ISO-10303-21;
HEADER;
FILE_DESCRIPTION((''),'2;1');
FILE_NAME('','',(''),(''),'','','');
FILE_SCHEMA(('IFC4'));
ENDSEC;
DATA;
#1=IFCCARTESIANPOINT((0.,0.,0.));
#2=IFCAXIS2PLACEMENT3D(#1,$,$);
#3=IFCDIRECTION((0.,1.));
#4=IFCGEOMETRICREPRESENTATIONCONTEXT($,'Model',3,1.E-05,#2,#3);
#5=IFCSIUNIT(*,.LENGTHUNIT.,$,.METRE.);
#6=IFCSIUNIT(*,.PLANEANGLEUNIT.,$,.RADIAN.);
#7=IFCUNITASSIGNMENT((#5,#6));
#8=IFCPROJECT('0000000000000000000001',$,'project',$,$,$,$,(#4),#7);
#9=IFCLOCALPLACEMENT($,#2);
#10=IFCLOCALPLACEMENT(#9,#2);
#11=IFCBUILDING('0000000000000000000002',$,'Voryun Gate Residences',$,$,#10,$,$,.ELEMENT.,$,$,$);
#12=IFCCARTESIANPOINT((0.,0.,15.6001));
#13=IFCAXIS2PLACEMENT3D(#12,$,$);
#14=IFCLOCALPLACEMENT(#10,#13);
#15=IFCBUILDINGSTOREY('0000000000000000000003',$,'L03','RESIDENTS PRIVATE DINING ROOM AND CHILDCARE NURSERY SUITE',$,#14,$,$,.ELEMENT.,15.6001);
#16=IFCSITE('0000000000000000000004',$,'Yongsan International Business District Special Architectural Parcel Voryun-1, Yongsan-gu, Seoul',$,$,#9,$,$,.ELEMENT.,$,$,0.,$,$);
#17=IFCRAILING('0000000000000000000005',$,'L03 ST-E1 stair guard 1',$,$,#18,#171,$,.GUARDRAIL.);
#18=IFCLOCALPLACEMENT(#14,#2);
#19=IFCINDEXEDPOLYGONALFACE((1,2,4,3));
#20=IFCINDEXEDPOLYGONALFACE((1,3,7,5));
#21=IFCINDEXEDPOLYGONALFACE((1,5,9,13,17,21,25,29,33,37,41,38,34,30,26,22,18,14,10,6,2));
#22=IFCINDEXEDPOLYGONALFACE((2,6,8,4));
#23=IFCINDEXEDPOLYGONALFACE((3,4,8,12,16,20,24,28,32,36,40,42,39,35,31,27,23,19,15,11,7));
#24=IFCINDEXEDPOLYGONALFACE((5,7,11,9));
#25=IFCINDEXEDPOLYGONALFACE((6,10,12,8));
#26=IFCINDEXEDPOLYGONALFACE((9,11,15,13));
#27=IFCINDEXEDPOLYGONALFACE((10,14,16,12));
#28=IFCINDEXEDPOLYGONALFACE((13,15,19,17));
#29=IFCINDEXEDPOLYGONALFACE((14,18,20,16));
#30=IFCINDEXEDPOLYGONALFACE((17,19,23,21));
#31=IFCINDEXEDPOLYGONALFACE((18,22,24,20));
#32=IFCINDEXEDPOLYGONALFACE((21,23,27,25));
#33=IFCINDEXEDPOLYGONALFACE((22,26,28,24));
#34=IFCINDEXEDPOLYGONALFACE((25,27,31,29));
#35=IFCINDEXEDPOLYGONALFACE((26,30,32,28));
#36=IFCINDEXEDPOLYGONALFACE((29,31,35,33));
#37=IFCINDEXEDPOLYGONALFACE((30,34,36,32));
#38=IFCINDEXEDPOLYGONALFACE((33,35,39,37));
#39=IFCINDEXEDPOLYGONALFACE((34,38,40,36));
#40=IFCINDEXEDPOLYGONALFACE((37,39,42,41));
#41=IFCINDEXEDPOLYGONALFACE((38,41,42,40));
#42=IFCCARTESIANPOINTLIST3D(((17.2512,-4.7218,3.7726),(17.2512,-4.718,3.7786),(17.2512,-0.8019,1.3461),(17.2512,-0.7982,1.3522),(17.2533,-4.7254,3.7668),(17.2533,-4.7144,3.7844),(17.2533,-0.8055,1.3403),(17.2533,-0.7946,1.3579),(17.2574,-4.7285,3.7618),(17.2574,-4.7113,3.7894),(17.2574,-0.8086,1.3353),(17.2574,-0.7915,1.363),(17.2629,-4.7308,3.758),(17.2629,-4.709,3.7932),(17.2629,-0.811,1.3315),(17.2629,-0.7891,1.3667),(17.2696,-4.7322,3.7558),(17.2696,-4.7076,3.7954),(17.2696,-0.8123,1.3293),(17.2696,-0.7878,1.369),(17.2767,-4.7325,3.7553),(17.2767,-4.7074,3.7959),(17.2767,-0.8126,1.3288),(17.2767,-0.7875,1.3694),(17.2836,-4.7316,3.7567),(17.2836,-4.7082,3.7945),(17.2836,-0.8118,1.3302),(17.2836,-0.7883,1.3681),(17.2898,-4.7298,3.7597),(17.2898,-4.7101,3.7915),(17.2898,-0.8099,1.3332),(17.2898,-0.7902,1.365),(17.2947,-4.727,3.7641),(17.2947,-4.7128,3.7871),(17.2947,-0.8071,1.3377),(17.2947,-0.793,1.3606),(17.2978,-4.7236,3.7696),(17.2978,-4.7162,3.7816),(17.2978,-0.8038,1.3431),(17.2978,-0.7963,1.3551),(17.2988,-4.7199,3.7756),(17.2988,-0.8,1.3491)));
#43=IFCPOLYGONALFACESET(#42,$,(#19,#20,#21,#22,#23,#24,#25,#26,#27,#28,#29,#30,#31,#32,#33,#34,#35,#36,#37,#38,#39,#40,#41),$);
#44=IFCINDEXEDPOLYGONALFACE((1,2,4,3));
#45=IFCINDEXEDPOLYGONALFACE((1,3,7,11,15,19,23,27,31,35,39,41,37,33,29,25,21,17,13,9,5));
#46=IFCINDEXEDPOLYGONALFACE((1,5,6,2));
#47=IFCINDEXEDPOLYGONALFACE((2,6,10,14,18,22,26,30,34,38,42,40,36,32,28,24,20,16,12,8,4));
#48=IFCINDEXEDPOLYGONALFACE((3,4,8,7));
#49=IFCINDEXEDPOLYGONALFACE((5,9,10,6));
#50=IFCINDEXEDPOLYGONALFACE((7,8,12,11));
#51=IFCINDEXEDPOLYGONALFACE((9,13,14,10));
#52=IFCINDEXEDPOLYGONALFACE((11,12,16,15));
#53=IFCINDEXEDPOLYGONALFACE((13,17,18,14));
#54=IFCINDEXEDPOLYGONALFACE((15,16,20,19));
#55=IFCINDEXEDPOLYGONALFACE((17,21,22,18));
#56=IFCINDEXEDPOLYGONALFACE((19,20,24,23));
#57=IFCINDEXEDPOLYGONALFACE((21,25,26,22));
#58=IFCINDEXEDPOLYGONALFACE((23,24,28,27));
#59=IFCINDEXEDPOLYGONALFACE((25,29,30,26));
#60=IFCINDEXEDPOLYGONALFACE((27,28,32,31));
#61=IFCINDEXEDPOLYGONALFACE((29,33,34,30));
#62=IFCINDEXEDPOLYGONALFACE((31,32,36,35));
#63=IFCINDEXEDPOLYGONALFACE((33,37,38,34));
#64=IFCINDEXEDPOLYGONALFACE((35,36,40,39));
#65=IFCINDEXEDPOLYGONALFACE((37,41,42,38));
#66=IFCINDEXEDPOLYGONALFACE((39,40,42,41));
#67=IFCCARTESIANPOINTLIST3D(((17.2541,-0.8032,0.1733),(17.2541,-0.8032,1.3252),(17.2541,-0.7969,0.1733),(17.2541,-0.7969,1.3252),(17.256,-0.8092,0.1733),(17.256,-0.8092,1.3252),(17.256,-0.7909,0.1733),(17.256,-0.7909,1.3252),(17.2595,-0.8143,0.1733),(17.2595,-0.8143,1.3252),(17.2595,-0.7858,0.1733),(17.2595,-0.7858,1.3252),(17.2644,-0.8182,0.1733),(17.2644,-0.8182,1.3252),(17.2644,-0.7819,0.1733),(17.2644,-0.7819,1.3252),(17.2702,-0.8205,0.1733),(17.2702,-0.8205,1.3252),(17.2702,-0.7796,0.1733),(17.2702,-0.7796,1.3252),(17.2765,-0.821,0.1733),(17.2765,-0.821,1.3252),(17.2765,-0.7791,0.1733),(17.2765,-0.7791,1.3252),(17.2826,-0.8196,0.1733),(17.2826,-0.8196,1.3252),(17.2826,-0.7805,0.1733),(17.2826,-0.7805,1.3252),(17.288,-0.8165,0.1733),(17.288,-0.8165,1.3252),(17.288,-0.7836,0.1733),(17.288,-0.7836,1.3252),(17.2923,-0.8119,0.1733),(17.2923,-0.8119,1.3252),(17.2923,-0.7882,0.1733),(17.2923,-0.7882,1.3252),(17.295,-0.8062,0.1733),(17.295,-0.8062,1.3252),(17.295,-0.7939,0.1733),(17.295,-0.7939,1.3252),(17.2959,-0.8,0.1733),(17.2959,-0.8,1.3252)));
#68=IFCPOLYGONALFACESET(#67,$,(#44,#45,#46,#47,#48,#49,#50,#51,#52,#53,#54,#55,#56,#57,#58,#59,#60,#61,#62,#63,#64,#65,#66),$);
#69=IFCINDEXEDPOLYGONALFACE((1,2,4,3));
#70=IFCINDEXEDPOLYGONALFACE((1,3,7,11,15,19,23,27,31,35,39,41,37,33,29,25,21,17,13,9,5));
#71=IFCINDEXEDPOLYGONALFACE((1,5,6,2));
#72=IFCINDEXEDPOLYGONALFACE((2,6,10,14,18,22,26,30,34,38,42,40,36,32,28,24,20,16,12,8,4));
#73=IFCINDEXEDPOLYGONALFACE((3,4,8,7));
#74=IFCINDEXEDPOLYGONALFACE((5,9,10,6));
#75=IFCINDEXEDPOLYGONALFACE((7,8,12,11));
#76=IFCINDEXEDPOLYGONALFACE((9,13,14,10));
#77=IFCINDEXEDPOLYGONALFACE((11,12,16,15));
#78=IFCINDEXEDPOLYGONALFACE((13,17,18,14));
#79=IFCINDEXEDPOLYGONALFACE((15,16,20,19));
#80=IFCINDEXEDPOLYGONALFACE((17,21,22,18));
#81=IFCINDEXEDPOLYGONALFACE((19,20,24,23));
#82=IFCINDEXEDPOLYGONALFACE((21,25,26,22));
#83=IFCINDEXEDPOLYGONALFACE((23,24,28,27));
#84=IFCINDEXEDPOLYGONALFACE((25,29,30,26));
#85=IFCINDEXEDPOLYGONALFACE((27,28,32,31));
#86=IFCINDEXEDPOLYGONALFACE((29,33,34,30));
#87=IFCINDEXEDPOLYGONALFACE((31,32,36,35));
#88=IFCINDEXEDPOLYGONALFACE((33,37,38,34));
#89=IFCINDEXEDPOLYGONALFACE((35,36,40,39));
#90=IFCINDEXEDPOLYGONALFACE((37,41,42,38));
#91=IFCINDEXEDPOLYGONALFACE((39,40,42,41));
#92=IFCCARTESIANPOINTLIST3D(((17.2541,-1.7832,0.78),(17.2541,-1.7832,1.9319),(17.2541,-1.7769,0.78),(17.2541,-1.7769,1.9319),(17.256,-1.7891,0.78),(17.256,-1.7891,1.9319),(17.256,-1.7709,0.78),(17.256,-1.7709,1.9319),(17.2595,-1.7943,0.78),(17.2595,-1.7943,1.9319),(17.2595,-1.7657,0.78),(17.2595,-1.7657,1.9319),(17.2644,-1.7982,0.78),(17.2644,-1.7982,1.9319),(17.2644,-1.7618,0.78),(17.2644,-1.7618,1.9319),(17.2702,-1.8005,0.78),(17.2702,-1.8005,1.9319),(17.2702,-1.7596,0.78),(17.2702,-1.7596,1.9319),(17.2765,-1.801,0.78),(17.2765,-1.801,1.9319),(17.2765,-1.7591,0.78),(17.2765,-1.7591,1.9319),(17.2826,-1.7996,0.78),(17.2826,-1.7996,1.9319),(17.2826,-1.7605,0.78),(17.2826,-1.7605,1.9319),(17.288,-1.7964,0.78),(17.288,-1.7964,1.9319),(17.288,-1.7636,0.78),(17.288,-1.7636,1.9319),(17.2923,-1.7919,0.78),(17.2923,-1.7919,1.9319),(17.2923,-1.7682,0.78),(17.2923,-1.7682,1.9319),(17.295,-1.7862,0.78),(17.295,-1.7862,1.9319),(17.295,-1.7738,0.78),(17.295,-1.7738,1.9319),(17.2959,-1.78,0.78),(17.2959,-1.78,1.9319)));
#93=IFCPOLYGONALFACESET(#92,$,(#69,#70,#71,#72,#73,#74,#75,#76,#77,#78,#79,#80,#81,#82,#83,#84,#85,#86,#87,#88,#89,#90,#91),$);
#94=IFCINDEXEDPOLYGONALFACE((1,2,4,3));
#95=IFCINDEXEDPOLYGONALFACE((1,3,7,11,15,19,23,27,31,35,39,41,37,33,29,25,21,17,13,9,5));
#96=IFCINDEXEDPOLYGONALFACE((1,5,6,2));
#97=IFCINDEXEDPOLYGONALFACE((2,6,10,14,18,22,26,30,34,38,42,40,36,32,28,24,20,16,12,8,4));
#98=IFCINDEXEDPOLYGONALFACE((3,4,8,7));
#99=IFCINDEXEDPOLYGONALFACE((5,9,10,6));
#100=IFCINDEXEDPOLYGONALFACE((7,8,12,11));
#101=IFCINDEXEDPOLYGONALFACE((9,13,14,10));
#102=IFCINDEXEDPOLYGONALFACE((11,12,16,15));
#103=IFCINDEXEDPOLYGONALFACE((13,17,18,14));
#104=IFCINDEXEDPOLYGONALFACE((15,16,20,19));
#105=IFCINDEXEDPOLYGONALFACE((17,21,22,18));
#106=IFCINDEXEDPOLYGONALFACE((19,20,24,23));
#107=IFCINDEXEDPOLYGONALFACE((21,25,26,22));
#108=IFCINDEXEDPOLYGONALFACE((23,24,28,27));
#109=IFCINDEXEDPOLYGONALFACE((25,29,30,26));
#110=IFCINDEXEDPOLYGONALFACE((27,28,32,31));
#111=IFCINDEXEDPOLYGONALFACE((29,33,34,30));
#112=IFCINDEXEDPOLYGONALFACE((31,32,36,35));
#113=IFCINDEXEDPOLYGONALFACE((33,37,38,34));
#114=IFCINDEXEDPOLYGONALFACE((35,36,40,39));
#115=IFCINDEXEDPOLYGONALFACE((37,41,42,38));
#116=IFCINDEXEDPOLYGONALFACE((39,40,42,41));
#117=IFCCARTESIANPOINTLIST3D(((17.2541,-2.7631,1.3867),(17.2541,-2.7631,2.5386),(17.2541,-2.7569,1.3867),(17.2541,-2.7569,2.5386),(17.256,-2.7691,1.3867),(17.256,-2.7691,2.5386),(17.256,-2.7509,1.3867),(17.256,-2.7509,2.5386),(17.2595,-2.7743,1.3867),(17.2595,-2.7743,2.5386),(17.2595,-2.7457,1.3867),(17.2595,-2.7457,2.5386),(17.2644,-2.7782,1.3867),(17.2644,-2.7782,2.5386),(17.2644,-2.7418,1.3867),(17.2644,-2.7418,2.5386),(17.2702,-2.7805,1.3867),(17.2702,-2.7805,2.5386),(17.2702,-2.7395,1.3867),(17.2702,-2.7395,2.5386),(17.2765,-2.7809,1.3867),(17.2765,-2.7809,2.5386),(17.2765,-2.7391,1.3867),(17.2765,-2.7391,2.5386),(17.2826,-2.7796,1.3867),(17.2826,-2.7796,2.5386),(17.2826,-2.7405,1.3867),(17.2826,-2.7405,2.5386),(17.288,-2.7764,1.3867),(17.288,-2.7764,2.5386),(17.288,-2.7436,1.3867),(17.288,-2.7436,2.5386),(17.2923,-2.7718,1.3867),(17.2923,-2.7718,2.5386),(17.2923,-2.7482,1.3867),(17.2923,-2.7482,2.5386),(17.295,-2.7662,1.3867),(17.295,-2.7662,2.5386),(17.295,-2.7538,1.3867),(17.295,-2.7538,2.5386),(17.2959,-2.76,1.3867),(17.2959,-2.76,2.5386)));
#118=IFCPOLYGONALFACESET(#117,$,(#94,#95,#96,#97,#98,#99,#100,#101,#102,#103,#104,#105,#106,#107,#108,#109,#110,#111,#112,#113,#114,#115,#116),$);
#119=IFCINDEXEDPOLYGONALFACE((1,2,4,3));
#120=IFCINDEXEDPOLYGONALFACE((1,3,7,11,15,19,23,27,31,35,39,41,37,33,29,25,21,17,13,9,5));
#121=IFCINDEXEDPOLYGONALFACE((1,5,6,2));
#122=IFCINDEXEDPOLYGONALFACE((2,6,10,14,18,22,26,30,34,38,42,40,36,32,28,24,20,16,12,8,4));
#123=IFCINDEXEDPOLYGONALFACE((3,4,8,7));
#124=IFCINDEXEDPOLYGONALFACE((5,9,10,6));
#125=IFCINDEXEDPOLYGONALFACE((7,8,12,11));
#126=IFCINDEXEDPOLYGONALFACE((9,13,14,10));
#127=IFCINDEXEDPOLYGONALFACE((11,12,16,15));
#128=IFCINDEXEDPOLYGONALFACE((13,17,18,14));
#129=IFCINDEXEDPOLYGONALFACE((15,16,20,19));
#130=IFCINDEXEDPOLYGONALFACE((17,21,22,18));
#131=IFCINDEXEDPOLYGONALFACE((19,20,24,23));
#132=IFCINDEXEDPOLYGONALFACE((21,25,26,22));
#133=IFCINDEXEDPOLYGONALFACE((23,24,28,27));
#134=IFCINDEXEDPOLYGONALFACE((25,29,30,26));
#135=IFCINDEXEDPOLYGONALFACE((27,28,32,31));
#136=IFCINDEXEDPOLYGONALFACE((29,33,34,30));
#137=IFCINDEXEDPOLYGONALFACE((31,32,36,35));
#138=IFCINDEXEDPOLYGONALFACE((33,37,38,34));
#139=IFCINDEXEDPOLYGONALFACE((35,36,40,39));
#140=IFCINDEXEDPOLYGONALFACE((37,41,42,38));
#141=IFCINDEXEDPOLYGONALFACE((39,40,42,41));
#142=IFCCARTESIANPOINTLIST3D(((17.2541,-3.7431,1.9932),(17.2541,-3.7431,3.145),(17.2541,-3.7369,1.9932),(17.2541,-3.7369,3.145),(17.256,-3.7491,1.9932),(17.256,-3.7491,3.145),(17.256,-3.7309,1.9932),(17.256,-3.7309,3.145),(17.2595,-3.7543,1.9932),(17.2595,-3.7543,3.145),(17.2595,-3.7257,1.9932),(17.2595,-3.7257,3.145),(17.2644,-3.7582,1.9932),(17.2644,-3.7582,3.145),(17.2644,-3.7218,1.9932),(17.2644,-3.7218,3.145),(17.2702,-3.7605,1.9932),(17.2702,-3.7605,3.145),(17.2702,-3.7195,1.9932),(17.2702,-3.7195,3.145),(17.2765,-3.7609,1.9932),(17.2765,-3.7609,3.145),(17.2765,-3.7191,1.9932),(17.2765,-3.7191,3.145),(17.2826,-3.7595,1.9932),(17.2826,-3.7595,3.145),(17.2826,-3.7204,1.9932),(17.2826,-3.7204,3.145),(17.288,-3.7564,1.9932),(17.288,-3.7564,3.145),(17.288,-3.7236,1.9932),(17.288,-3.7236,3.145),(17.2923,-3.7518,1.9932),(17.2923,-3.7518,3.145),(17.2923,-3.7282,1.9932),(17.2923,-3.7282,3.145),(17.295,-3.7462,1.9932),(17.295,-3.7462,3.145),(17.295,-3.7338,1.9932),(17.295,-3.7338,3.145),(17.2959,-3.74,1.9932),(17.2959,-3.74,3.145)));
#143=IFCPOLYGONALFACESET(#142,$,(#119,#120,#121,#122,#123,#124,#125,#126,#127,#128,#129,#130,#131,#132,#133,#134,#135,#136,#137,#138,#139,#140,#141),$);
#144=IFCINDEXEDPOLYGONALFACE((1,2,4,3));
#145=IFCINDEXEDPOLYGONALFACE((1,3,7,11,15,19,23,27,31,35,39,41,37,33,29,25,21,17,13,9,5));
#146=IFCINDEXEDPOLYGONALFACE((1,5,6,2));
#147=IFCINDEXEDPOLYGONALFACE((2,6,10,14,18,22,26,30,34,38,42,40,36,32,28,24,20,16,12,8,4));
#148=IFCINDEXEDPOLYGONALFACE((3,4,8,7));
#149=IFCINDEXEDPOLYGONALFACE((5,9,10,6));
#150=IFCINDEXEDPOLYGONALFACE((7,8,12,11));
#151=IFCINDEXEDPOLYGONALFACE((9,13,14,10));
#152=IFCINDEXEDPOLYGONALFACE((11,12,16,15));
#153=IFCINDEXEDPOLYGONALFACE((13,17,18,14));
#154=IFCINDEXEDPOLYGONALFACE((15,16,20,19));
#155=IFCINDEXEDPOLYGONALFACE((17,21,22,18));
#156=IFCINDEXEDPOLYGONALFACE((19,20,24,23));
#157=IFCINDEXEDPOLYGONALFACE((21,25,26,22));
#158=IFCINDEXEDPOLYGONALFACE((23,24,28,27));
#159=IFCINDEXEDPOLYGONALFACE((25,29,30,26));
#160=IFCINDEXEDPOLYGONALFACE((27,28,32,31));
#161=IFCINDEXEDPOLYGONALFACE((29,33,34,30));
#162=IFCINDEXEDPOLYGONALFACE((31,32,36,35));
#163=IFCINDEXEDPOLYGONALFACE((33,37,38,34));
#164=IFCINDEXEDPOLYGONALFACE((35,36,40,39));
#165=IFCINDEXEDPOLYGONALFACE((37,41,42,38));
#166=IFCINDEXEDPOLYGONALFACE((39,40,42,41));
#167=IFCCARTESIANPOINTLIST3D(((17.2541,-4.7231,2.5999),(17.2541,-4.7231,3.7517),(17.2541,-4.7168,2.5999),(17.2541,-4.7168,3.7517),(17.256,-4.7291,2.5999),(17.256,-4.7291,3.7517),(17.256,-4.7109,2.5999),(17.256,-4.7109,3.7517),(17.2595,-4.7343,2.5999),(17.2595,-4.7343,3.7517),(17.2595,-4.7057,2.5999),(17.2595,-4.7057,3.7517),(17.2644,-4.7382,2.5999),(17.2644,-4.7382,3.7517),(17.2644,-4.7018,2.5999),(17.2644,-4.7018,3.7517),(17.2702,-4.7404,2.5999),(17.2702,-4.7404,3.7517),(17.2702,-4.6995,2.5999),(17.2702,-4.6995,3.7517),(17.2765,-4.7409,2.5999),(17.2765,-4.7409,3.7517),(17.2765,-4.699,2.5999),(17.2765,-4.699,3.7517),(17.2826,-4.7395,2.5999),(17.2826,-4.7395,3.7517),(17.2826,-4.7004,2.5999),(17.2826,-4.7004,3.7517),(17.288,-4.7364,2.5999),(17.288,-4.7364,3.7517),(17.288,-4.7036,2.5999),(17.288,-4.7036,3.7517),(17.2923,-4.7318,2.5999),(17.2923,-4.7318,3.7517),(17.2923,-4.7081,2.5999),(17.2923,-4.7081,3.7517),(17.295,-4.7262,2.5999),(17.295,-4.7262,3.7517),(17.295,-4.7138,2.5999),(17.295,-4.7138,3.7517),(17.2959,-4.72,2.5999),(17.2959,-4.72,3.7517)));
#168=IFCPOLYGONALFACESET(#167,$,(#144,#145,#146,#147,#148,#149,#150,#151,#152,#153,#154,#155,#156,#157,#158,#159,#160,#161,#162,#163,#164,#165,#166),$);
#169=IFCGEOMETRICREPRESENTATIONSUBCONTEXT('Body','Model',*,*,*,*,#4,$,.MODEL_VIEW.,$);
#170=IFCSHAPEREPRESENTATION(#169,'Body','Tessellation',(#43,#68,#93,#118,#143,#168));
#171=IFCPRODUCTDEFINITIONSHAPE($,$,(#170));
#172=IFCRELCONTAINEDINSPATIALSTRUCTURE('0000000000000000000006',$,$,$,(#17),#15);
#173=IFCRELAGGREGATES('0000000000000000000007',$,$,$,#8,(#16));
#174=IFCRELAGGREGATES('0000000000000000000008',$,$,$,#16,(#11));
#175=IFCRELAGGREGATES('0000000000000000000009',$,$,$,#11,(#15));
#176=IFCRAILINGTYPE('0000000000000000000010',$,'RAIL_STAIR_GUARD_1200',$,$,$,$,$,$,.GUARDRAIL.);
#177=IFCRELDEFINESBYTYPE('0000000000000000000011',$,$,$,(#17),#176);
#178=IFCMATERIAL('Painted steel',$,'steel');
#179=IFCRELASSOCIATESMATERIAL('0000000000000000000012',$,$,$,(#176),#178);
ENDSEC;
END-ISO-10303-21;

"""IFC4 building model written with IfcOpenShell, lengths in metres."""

from ifc_helpers import new_model, si_unit, direction, frame, origin, origin_2d, place, context, subcontext, project, spatial, circle, extrude, material, type_object, element, save


model = new_model("IFC4")

# Units and contexts
model_context = context("Model", 3, precision=1e-05, world=origin(), true_north=direction((0.0, 1.0)))
body_context = subcontext(model_context, "Body", "Model", "MODEL_VIEW")
ifc_project = project(units=[si_unit("LENGTHUNIT", "METRE"), si_unit("PLANEANGLEUNIT", "RADIAN")], contexts=[model_context])

# Site, building, storey
site_placement = place(None, origin())
site = spatial("IfcSite", under=ifc_project, at=site_placement, Name="Yongsan International Business District Special Architectural Parcel Voryun-1, Yongsan-gu, Seoul", CompositionType="ELEMENT", RefElevation=0.0)
building_placement = place(site_placement, origin())
building = spatial("IfcBuilding", under=site, at=building_placement, Name="Voryun Gate Residences", CompositionType="ELEMENT")
storey_placement = place(building_placement, frame((0.0, 0.0, 15.6001)))
storey = spatial("IfcBuildingStorey", under=building, at=storey_placement, Name="L03", Description="RESIDENTS PRIVATE DINING ROOM AND CHILDCARE NURSERY SUITE", CompositionType="ELEMENT", Elevation=15.6001)

# Railing
ifc_material_1 = material(Name="Painted steel", Category="steel")
railing_type_1 = type_object("IfcRailingType", Name="RAIL_STAIR_GUARD_1200", PredefinedType="GUARDRAIL", material=ifc_material_1)
railing_1_placement = place(storey_placement, frame((17.2749, -0.8, 0.1733)))
element("IfcRailing", 1, at=railing_1_placement, inside=storey, type_object=railing_type_1, Name="L03 ST-E1 stair guard 1", PredefinedType="GUARDRAIL", context=body_context, shape_type="SweptSolid", body=[
    extrude(circle(Radius=0.0239, at=origin_2d()), frame((0.0, 0.0, 1.1758), z_axis=(0.0, -0.850275, 0.526338), x_axis=(1.0, 0.0, 0.0)), (0.0, 0.0, 1.0), 4.6101),
    extrude(circle(Radius=0.021, at=origin_2d()), origin(), (0.0, 0.0, 1.0), 1.1519),
    extrude(circle(Radius=0.021, at=origin_2d()), frame((0.0, -0.98, 0.6067)), (0.0, 0.0, 1.0), 1.1519),
    extrude(circle(Radius=0.021, at=origin_2d()), frame((0.0, -1.96, 1.2134)), (0.0, 0.0, 1.0), 1.1519),
    extrude(circle(Radius=0.021, at=origin_2d()), frame((0.0, -2.9399, 1.8198)), (0.0, 0.0, 1.0), 1.1519),
    extrude(circle(Radius=0.021, at=origin_2d()), frame((0.0, -3.9199, 2.4265)), (0.0, 0.0, 1.0), 1.1519),
])

save(model, "model.ifc")
